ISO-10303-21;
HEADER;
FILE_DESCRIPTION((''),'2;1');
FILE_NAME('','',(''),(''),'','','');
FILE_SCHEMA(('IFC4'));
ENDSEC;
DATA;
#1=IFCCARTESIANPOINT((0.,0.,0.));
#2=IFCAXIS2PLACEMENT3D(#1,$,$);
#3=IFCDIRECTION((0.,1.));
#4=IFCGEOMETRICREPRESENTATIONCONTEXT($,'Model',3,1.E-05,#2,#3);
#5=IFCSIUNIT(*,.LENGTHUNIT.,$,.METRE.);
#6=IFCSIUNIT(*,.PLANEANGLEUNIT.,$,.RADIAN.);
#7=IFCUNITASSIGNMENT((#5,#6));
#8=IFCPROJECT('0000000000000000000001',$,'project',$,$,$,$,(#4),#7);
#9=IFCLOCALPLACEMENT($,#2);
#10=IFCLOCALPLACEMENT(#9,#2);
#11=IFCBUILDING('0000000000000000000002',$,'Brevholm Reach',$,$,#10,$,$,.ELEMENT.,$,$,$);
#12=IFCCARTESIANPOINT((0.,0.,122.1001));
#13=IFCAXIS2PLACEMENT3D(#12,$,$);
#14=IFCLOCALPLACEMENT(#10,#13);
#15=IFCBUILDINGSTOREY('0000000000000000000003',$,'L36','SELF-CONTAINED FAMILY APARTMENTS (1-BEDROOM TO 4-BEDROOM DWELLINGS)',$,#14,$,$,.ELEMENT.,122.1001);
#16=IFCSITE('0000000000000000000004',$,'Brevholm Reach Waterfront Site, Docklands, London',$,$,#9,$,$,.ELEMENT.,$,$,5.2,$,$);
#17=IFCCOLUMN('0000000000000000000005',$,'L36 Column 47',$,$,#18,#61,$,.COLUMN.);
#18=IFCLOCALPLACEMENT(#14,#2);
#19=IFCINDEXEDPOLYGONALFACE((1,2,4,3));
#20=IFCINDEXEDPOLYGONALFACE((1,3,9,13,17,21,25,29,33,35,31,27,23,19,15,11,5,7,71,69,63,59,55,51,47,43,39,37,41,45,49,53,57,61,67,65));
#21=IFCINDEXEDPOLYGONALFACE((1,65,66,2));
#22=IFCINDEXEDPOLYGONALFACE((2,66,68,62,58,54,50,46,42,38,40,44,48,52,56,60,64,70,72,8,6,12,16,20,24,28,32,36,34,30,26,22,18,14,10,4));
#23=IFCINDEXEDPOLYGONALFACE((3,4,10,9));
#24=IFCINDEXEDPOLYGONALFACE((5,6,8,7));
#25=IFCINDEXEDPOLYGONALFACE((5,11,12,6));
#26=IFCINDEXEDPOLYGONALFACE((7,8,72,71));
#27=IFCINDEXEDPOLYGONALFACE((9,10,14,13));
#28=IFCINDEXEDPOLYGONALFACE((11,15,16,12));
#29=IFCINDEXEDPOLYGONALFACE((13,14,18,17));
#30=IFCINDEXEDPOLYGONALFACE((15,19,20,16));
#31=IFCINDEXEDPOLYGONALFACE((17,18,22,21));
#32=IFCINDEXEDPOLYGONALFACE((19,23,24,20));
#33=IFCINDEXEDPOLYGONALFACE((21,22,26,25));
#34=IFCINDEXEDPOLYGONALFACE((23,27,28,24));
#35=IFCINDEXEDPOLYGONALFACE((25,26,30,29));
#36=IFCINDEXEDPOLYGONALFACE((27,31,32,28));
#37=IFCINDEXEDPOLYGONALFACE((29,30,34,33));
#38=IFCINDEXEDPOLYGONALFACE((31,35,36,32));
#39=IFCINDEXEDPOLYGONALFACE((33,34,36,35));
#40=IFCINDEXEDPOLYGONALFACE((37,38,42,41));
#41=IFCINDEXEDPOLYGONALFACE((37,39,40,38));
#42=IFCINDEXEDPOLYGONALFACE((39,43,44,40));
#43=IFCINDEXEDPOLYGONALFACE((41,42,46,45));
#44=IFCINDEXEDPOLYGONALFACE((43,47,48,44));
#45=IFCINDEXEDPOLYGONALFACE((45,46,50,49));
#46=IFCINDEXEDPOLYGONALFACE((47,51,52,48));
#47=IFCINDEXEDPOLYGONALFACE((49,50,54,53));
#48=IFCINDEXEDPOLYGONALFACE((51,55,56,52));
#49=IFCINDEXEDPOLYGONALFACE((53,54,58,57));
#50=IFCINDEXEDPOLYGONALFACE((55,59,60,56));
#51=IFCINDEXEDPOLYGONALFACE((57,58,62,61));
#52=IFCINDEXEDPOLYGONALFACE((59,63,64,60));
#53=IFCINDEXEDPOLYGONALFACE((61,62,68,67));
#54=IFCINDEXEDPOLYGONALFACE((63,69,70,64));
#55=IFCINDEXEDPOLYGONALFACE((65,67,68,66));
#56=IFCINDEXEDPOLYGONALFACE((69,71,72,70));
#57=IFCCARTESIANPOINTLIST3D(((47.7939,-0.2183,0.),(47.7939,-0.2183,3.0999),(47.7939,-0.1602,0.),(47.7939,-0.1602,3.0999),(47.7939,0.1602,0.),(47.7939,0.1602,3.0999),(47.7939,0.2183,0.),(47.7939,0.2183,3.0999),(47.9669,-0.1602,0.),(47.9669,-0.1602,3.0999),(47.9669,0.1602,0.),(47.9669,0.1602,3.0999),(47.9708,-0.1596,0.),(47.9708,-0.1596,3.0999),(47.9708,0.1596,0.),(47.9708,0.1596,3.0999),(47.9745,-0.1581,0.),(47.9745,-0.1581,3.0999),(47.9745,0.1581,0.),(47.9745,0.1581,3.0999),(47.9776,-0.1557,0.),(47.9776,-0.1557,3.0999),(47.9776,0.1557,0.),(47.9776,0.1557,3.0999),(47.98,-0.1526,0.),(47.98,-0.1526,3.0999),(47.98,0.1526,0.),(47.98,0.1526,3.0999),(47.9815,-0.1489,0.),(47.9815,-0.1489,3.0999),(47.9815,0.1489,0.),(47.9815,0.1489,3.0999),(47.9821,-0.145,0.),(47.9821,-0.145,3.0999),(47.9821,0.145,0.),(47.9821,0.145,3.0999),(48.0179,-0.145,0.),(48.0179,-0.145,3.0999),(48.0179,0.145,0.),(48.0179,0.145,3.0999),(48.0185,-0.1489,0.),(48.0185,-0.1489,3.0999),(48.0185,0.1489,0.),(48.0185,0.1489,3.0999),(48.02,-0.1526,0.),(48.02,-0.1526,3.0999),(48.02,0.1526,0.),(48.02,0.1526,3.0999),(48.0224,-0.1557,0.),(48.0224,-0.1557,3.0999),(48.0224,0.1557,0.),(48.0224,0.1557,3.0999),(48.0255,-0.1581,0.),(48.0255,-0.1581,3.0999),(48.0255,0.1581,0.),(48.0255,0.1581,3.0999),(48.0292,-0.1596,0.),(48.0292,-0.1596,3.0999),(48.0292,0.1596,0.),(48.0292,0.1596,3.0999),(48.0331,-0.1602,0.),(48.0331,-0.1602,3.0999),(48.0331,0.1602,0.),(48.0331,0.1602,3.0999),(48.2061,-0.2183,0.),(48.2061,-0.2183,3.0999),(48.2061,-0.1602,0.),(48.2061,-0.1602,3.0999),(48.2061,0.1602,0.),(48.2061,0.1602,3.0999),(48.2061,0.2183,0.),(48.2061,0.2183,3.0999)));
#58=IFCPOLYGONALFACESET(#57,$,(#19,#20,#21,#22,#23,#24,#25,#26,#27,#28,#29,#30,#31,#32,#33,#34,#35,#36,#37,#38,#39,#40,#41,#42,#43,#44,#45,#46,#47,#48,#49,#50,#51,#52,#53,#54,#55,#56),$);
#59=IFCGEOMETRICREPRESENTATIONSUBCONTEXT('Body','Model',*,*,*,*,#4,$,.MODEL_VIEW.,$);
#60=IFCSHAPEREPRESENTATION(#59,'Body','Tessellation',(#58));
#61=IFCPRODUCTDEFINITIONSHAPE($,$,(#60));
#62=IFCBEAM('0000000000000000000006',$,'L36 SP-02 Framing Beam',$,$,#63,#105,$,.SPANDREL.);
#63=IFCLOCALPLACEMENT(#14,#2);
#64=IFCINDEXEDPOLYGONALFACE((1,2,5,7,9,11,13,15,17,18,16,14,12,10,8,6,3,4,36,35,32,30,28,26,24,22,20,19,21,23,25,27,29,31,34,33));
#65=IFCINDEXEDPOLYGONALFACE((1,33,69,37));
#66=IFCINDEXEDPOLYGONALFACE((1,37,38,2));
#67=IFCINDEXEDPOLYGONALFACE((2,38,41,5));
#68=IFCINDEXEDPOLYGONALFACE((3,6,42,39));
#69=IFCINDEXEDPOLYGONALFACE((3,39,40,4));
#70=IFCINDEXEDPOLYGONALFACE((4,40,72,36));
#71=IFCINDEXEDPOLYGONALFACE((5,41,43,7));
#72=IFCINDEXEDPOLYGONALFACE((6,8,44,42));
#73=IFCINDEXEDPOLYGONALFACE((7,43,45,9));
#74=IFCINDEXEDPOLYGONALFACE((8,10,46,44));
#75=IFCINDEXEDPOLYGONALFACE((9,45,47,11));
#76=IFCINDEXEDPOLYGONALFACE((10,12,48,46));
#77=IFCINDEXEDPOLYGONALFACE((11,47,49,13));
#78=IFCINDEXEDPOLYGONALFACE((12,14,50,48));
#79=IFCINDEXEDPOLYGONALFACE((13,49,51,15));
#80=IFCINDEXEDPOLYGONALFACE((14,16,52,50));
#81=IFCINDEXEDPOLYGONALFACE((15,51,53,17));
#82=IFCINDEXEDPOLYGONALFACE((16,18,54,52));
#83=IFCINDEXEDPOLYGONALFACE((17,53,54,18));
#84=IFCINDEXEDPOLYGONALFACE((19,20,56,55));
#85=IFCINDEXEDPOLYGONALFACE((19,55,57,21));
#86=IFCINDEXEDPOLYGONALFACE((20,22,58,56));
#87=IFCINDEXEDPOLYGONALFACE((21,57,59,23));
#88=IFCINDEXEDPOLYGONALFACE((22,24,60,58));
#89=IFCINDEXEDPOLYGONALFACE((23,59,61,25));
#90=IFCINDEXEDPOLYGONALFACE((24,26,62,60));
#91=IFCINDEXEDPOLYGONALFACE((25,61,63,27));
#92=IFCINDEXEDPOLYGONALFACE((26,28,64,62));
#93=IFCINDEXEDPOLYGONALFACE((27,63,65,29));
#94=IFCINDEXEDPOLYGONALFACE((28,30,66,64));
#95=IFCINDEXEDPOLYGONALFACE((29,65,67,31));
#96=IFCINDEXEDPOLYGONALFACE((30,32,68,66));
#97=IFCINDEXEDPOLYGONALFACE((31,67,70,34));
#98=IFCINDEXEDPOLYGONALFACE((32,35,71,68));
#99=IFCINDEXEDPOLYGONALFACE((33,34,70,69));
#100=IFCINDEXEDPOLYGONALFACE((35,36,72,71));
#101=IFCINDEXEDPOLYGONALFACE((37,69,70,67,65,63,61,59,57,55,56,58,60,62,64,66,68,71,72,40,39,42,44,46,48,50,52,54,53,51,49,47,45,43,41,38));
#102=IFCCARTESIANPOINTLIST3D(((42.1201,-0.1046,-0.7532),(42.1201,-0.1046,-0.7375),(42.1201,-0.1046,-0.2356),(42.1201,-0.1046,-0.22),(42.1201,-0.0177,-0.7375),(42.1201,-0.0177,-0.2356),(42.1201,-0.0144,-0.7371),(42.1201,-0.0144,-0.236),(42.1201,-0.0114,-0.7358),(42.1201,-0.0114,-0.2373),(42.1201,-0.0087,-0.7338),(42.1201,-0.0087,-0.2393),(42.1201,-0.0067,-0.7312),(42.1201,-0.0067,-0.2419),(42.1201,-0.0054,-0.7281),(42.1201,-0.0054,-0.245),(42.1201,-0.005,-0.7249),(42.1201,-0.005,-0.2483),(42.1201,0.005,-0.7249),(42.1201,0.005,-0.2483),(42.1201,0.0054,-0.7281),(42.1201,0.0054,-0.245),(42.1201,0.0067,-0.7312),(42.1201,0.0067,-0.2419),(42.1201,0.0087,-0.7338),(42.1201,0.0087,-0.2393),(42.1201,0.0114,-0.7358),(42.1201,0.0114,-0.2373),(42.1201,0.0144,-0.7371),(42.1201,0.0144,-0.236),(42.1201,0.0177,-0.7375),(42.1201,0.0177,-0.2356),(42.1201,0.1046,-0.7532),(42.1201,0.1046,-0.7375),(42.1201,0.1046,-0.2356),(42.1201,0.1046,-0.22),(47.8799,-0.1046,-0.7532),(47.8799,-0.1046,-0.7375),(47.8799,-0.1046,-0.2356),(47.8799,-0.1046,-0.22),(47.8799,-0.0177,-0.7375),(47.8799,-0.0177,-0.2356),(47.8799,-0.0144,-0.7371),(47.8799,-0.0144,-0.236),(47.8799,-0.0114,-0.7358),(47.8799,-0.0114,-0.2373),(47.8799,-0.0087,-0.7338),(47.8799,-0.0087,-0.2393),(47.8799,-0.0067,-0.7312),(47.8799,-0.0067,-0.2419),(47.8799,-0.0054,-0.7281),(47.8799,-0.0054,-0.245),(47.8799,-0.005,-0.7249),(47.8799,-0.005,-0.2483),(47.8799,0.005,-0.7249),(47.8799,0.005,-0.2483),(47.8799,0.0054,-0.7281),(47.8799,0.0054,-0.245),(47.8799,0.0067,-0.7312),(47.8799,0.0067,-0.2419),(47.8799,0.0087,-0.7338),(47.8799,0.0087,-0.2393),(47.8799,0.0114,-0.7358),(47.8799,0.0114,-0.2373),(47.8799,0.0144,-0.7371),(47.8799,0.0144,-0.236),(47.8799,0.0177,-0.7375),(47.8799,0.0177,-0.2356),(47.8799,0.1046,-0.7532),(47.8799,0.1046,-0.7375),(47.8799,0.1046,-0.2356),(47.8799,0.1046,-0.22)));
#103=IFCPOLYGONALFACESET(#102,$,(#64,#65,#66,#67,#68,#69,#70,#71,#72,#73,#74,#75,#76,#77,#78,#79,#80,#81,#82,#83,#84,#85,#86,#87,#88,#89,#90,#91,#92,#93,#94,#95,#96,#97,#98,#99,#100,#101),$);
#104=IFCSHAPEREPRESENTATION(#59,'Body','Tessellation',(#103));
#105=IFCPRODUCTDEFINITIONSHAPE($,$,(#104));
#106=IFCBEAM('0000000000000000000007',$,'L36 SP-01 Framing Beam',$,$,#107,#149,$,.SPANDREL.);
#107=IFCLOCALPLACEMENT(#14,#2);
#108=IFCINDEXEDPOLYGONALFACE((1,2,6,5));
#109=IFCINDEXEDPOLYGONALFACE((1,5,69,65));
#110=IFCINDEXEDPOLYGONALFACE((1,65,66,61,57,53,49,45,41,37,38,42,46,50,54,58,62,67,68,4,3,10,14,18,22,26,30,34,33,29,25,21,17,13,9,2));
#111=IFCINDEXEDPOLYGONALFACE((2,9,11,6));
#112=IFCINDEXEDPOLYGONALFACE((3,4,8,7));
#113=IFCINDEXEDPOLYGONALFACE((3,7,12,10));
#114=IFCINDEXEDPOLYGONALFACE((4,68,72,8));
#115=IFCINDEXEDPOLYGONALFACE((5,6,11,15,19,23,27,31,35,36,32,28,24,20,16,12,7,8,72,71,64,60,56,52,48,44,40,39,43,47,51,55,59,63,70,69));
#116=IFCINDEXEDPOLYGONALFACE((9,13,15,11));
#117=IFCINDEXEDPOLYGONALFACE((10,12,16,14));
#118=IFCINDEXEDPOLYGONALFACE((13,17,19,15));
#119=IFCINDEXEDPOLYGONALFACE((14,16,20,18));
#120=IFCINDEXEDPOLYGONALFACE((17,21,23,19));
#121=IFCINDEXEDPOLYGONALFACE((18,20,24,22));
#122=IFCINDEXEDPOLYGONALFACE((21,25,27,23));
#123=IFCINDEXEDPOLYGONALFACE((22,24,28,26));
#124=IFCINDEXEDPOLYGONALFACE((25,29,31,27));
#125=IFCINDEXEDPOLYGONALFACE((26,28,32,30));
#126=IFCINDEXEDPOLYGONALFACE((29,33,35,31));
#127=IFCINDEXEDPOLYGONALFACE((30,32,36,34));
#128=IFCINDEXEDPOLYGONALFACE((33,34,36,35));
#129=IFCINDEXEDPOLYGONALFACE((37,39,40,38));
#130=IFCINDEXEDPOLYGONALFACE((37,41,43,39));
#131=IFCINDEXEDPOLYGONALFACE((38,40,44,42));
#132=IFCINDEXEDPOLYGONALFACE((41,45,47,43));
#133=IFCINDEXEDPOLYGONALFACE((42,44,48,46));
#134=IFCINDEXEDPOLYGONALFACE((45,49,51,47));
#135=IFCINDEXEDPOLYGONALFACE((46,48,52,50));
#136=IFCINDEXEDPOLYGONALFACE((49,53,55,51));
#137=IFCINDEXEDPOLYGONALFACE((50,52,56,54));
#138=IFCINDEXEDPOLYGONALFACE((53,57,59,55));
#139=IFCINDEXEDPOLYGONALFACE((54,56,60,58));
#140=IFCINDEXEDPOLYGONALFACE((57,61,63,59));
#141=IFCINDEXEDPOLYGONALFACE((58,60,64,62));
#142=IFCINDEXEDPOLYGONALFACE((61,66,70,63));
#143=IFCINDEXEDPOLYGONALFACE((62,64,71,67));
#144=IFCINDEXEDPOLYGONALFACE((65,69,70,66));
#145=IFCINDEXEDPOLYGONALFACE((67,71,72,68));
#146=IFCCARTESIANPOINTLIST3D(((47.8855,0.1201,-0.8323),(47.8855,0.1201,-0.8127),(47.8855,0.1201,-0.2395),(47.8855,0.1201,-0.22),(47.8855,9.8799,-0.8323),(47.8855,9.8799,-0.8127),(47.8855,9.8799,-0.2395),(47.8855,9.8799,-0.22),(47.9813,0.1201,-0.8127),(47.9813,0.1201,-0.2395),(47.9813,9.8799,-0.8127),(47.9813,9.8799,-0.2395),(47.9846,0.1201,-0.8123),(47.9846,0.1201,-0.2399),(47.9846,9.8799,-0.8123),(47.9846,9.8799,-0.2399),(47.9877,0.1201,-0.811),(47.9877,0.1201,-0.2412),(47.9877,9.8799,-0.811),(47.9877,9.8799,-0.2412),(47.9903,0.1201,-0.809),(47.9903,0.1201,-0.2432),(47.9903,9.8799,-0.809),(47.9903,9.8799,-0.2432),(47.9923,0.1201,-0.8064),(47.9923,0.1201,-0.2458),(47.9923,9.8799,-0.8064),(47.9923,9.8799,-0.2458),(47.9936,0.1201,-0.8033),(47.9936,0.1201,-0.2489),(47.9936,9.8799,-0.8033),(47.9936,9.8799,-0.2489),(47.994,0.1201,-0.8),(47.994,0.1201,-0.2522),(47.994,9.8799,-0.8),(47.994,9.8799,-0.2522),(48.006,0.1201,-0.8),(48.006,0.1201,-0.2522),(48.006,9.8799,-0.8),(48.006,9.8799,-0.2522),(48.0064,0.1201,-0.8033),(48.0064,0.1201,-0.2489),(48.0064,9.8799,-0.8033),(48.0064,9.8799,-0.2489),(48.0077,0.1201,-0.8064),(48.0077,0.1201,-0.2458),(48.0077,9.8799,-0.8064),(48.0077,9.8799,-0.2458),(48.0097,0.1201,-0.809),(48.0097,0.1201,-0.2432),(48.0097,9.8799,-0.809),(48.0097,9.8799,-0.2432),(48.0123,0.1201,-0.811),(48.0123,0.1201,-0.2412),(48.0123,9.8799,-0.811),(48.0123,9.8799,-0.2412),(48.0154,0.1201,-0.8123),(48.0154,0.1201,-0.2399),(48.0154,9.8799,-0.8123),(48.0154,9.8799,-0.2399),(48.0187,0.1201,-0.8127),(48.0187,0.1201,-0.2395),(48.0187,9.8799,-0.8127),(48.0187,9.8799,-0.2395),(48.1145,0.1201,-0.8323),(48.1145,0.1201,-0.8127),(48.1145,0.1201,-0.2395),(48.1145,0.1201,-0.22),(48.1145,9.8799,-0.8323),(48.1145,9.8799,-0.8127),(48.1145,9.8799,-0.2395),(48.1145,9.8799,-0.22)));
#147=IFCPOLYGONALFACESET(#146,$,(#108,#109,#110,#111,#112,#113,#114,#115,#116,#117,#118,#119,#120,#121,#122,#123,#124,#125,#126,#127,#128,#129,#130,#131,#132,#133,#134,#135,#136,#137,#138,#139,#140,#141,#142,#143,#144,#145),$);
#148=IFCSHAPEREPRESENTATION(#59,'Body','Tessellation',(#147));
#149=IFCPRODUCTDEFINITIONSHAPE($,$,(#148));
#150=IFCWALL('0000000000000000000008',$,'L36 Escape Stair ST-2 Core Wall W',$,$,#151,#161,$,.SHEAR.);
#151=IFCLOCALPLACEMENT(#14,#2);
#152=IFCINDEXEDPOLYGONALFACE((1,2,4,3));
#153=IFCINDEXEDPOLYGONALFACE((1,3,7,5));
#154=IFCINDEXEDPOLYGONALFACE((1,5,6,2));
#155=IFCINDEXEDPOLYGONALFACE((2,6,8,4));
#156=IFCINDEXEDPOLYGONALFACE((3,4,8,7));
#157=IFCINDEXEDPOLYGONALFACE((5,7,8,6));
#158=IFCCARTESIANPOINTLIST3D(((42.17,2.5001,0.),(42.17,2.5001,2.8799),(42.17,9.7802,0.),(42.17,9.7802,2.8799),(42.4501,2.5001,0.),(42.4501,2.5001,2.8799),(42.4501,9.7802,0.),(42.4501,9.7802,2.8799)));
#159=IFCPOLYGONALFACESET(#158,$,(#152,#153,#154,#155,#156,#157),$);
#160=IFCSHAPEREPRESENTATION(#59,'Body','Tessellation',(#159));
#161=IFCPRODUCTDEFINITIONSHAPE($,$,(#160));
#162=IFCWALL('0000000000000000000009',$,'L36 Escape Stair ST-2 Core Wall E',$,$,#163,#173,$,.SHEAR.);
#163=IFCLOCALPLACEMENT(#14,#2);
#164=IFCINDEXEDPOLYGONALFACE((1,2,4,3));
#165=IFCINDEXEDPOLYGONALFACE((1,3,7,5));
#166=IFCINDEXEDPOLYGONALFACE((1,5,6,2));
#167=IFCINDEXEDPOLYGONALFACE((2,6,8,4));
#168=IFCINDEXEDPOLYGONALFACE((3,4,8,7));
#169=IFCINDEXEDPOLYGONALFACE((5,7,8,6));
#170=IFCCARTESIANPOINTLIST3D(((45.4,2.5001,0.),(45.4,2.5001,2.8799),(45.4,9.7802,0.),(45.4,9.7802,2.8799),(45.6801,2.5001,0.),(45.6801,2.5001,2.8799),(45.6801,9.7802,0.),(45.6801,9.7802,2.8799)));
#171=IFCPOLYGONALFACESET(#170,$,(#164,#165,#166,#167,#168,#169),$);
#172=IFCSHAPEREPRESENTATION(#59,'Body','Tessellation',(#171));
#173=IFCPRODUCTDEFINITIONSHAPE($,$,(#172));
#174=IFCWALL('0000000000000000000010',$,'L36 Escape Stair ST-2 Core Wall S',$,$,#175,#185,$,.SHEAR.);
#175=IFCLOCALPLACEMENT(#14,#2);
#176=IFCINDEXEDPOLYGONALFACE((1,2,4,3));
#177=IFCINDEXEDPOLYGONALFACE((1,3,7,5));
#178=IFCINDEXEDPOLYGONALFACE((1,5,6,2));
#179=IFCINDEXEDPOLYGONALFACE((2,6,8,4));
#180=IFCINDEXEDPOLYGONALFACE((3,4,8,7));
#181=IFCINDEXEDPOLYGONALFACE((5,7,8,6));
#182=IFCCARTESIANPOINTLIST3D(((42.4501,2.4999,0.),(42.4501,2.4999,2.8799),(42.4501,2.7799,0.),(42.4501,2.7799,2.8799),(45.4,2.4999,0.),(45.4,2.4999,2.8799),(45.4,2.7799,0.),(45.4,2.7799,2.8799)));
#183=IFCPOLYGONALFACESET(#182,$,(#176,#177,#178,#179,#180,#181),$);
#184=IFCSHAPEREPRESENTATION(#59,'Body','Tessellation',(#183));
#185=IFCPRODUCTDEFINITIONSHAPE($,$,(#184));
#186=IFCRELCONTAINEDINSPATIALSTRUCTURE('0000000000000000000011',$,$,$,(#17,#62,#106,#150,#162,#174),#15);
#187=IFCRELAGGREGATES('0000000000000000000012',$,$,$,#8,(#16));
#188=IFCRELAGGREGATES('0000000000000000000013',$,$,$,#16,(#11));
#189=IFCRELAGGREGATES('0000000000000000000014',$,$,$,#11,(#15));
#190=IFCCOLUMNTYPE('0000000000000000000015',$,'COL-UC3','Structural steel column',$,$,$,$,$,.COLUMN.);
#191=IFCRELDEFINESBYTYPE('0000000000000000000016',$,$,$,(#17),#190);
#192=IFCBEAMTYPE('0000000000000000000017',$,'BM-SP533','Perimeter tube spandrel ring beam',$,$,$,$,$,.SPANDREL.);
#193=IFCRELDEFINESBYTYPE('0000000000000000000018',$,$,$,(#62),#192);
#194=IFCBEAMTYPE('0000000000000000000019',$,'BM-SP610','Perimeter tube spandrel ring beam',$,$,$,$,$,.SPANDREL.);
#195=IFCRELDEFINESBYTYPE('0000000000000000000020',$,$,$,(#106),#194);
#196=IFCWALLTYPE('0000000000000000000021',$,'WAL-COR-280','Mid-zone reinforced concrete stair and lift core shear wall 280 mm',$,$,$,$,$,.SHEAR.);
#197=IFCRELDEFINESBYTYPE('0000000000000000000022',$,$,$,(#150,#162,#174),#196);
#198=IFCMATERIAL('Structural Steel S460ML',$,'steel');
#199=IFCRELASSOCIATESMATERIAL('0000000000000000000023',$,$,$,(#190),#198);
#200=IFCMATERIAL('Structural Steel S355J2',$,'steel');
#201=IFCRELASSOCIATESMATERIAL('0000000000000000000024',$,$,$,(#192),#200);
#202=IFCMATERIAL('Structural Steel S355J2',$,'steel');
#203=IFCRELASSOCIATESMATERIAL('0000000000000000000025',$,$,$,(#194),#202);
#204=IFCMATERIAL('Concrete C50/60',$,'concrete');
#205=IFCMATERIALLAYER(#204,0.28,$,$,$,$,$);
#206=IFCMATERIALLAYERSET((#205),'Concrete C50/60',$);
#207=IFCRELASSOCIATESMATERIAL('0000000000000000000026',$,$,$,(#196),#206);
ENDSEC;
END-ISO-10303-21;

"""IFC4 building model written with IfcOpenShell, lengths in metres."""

from ifc_helpers import new_model, si_unit, direction, frame, frame_2d, origin, origin_2d, place, context, subcontext, project, spatial, rectangle, i_section, extrude, material, layer, layer_set, material_profile, profile_set, type_object, element, save


model = new_model("IFC4")

# Units and contexts
model_context = context("Model", 3, precision=1e-05, world=origin(), true_north=direction((0.0, 1.0)))
body_context = subcontext(model_context, "Body", "Model", "MODEL_VIEW")
ifc_project = project(units=[si_unit("LENGTHUNIT", "METRE"), si_unit("PLANEANGLEUNIT", "RADIAN")], contexts=[model_context])

# Site, building, storey
site_placement = place(None, origin())
site = spatial("IfcSite", under=ifc_project, at=site_placement, Name="Brevholm Reach Waterfront Site, Docklands, London", CompositionType="ELEMENT", RefElevation=5.2)
building_placement = place(site_placement, origin())
building = spatial("IfcBuilding", under=site, at=building_placement, Name="Brevholm Reach", CompositionType="ELEMENT")
storey_placement = place(building_placement, frame((0.0, 0.0, 122.1001)))
storey = spatial("IfcBuildingStorey", under=building, at=storey_placement, Name="L36", Description="SELF-CONTAINED FAMILY APARTMENTS (1-BEDROOM TO 4-BEDROOM DWELLINGS)", CompositionType="ELEMENT", Elevation=122.1001)

# Column
ifc_material_1 = material(Name="Structural Steel S460ML", Category="steel")
ifc_material_profile_1 = material_profile(ifc_material_1, i_section(OverallWidth=0.4121, OverallDepth=0.4365, WebThickness=0.0359, FlangeThickness=0.0581, FilletRadius=0.0151, at=origin_2d()), Name="UKC 356x406x467")
ifc_profile_set_1 = profile_set([ifc_material_profile_1], Name="Structural Steel S460ML")
column_type = type_object("IfcColumnType", Name="COL-UC3", Description="Structural steel column", PredefinedType="COLUMN", material=ifc_profile_set_1)
column_placement = place(storey_placement, frame((48.0, 0.0, 0.0), z_axis=(0.0, 0.0, 1.0), x_axis=(1.0, 0.0, 0.0)))
element("IfcColumn", 1, at=column_placement, inside=storey, type_object=column_type, Name="L36 Column 47", PredefinedType="COLUMN", context=body_context, shape_type="SweptSolid", body=[
    extrude(i_section(OverallWidth=0.4121, OverallDepth=0.4365, WebThickness=0.0359, FlangeThickness=0.0581, FilletRadius=0.0151, at=origin_2d()), origin(), (0.0, 0.0, 1.0), 3.0999),
])

# Beams
ifc_material_2 = material(Name="Structural Steel S355J2", Category="steel")
ifc_material_profile_2 = material_profile(ifc_material_2, i_section(OverallWidth=0.2092, OverallDepth=0.5332, WebThickness=0.01, FlangeThickness=0.0156, FilletRadius=0.0127, at=origin_2d()), Name="UKB 533x210x92")
ifc_profile_set_2 = profile_set([ifc_material_profile_2], Name="Structural Steel S355J2")
beam_type_1 = type_object("IfcBeamType", Name="BM-SP533", Description="Perimeter tube spandrel ring beam", PredefinedType="SPANDREL", material=ifc_profile_set_2)
beam_1_placement = place(storey_placement, frame((42.1201, 0.0, -0.4866), z_axis=(1.0, 0.0, 0.0), x_axis=(0.0, 1.0, 0.0)))
element("IfcBeam", 2, at=beam_1_placement, inside=storey, type_object=beam_type_1, Name="L36 SP-02 Framing Beam", PredefinedType="SPANDREL", context=body_context, shape_type="SweptSolid", body=[
    extrude(i_section(OverallWidth=0.2092, OverallDepth=0.5332, WebThickness=0.01, FlangeThickness=0.0156, FilletRadius=0.0127, at=origin_2d()), origin(), (0.0, 0.0, 1.0), 5.7598),
])
ifc_material_3 = material(Name="Structural Steel S355J2", Category="steel")
ifc_material_profile_3 = material_profile(ifc_material_3, i_section(OverallWidth=0.229, OverallDepth=0.6123, WebThickness=0.012, FlangeThickness=0.0195, FilletRadius=0.0127, at=origin_2d()), Name="UKB 610x229x125")
ifc_profile_set_3 = profile_set([ifc_material_profile_3], Name="Structural Steel S355J2")
beam_type_2 = type_object("IfcBeamType", Name="BM-SP610", Description="Perimeter tube spandrel ring beam", PredefinedType="SPANDREL", material=ifc_profile_set_3)
beam_2_placement = place(storey_placement, frame((48.0, 0.1201, -0.5261), z_axis=(0.0, 1.0, 0.0), x_axis=(-1.0, 0.0, 0.0)))
element("IfcBeam", 3, at=beam_2_placement, inside=storey, type_object=beam_type_2, Name="L36 SP-01 Framing Beam", PredefinedType="SPANDREL", context=body_context, shape_type="SweptSolid", body=[
    extrude(i_section(OverallWidth=0.229, OverallDepth=0.6123, WebThickness=0.012, FlangeThickness=0.0195, FilletRadius=0.0127, at=origin_2d()), origin(), (0.0, 0.0, 1.0), 9.7598),
])

# Walls
ifc_material_4 = material(Name="Concrete C50/60", Category="concrete")
ifc_layer_1 = layer(ifc_material_4, 0.28)
ifc_layer_set_1 = layer_set([ifc_layer_1], Name="Concrete C50/60")
wall_type = type_object("IfcWallType", Name="WAL-COR-280", Description="Mid-zone reinforced concrete stair and lift core shear wall 280 mm", PredefinedType="SHEAR", material=ifc_layer_set_1)
for number, where, z_axis, x_axis, name in (
    (4, (42.3101, 2.5, 0.0), (0.0, 0.0, 1.0), (0.0, 1.0, 0.0), "L36 Escape Stair ST-2 Core Wall W"),
    (5, (45.54, 2.5, 0.0), (0.0, 0.0, 1.0), (0.0, 1.0, 0.0), "L36 Escape Stair ST-2 Core Wall E"),
):
    element("IfcWall", number, at=place(storey_placement, frame(where, z_axis=z_axis, x_axis=x_axis)), inside=storey, type_object=wall_type, Name=name, PredefinedType="SHEAR", context=body_context, shape_type="SweptSolid", body=[
        extrude(rectangle(XDim=7.28, YDim=0.28, at=frame_2d((3.6401, 0.0))), origin(), (0.0, 0.0, 1.0), 2.8799),
    ])
wall_1_placement = place(storey_placement, frame((42.45, 2.6399, 0.0), z_axis=(0.0, 0.0, 1.0), x_axis=(1.0, 0.0, 0.0)))
element("IfcWall", 6, at=wall_1_placement, inside=storey, type_object=wall_type, Name="L36 Escape Stair ST-2 Core Wall S", PredefinedType="SHEAR", context=body_context, shape_type="SweptSolid", body=[
    extrude(rectangle(XDim=2.95, YDim=0.28, at=frame_2d((1.4751, 0.0))), origin(), (0.0, 0.0, 1.0), 2.8799),
])

save(model, "model.ifc")
